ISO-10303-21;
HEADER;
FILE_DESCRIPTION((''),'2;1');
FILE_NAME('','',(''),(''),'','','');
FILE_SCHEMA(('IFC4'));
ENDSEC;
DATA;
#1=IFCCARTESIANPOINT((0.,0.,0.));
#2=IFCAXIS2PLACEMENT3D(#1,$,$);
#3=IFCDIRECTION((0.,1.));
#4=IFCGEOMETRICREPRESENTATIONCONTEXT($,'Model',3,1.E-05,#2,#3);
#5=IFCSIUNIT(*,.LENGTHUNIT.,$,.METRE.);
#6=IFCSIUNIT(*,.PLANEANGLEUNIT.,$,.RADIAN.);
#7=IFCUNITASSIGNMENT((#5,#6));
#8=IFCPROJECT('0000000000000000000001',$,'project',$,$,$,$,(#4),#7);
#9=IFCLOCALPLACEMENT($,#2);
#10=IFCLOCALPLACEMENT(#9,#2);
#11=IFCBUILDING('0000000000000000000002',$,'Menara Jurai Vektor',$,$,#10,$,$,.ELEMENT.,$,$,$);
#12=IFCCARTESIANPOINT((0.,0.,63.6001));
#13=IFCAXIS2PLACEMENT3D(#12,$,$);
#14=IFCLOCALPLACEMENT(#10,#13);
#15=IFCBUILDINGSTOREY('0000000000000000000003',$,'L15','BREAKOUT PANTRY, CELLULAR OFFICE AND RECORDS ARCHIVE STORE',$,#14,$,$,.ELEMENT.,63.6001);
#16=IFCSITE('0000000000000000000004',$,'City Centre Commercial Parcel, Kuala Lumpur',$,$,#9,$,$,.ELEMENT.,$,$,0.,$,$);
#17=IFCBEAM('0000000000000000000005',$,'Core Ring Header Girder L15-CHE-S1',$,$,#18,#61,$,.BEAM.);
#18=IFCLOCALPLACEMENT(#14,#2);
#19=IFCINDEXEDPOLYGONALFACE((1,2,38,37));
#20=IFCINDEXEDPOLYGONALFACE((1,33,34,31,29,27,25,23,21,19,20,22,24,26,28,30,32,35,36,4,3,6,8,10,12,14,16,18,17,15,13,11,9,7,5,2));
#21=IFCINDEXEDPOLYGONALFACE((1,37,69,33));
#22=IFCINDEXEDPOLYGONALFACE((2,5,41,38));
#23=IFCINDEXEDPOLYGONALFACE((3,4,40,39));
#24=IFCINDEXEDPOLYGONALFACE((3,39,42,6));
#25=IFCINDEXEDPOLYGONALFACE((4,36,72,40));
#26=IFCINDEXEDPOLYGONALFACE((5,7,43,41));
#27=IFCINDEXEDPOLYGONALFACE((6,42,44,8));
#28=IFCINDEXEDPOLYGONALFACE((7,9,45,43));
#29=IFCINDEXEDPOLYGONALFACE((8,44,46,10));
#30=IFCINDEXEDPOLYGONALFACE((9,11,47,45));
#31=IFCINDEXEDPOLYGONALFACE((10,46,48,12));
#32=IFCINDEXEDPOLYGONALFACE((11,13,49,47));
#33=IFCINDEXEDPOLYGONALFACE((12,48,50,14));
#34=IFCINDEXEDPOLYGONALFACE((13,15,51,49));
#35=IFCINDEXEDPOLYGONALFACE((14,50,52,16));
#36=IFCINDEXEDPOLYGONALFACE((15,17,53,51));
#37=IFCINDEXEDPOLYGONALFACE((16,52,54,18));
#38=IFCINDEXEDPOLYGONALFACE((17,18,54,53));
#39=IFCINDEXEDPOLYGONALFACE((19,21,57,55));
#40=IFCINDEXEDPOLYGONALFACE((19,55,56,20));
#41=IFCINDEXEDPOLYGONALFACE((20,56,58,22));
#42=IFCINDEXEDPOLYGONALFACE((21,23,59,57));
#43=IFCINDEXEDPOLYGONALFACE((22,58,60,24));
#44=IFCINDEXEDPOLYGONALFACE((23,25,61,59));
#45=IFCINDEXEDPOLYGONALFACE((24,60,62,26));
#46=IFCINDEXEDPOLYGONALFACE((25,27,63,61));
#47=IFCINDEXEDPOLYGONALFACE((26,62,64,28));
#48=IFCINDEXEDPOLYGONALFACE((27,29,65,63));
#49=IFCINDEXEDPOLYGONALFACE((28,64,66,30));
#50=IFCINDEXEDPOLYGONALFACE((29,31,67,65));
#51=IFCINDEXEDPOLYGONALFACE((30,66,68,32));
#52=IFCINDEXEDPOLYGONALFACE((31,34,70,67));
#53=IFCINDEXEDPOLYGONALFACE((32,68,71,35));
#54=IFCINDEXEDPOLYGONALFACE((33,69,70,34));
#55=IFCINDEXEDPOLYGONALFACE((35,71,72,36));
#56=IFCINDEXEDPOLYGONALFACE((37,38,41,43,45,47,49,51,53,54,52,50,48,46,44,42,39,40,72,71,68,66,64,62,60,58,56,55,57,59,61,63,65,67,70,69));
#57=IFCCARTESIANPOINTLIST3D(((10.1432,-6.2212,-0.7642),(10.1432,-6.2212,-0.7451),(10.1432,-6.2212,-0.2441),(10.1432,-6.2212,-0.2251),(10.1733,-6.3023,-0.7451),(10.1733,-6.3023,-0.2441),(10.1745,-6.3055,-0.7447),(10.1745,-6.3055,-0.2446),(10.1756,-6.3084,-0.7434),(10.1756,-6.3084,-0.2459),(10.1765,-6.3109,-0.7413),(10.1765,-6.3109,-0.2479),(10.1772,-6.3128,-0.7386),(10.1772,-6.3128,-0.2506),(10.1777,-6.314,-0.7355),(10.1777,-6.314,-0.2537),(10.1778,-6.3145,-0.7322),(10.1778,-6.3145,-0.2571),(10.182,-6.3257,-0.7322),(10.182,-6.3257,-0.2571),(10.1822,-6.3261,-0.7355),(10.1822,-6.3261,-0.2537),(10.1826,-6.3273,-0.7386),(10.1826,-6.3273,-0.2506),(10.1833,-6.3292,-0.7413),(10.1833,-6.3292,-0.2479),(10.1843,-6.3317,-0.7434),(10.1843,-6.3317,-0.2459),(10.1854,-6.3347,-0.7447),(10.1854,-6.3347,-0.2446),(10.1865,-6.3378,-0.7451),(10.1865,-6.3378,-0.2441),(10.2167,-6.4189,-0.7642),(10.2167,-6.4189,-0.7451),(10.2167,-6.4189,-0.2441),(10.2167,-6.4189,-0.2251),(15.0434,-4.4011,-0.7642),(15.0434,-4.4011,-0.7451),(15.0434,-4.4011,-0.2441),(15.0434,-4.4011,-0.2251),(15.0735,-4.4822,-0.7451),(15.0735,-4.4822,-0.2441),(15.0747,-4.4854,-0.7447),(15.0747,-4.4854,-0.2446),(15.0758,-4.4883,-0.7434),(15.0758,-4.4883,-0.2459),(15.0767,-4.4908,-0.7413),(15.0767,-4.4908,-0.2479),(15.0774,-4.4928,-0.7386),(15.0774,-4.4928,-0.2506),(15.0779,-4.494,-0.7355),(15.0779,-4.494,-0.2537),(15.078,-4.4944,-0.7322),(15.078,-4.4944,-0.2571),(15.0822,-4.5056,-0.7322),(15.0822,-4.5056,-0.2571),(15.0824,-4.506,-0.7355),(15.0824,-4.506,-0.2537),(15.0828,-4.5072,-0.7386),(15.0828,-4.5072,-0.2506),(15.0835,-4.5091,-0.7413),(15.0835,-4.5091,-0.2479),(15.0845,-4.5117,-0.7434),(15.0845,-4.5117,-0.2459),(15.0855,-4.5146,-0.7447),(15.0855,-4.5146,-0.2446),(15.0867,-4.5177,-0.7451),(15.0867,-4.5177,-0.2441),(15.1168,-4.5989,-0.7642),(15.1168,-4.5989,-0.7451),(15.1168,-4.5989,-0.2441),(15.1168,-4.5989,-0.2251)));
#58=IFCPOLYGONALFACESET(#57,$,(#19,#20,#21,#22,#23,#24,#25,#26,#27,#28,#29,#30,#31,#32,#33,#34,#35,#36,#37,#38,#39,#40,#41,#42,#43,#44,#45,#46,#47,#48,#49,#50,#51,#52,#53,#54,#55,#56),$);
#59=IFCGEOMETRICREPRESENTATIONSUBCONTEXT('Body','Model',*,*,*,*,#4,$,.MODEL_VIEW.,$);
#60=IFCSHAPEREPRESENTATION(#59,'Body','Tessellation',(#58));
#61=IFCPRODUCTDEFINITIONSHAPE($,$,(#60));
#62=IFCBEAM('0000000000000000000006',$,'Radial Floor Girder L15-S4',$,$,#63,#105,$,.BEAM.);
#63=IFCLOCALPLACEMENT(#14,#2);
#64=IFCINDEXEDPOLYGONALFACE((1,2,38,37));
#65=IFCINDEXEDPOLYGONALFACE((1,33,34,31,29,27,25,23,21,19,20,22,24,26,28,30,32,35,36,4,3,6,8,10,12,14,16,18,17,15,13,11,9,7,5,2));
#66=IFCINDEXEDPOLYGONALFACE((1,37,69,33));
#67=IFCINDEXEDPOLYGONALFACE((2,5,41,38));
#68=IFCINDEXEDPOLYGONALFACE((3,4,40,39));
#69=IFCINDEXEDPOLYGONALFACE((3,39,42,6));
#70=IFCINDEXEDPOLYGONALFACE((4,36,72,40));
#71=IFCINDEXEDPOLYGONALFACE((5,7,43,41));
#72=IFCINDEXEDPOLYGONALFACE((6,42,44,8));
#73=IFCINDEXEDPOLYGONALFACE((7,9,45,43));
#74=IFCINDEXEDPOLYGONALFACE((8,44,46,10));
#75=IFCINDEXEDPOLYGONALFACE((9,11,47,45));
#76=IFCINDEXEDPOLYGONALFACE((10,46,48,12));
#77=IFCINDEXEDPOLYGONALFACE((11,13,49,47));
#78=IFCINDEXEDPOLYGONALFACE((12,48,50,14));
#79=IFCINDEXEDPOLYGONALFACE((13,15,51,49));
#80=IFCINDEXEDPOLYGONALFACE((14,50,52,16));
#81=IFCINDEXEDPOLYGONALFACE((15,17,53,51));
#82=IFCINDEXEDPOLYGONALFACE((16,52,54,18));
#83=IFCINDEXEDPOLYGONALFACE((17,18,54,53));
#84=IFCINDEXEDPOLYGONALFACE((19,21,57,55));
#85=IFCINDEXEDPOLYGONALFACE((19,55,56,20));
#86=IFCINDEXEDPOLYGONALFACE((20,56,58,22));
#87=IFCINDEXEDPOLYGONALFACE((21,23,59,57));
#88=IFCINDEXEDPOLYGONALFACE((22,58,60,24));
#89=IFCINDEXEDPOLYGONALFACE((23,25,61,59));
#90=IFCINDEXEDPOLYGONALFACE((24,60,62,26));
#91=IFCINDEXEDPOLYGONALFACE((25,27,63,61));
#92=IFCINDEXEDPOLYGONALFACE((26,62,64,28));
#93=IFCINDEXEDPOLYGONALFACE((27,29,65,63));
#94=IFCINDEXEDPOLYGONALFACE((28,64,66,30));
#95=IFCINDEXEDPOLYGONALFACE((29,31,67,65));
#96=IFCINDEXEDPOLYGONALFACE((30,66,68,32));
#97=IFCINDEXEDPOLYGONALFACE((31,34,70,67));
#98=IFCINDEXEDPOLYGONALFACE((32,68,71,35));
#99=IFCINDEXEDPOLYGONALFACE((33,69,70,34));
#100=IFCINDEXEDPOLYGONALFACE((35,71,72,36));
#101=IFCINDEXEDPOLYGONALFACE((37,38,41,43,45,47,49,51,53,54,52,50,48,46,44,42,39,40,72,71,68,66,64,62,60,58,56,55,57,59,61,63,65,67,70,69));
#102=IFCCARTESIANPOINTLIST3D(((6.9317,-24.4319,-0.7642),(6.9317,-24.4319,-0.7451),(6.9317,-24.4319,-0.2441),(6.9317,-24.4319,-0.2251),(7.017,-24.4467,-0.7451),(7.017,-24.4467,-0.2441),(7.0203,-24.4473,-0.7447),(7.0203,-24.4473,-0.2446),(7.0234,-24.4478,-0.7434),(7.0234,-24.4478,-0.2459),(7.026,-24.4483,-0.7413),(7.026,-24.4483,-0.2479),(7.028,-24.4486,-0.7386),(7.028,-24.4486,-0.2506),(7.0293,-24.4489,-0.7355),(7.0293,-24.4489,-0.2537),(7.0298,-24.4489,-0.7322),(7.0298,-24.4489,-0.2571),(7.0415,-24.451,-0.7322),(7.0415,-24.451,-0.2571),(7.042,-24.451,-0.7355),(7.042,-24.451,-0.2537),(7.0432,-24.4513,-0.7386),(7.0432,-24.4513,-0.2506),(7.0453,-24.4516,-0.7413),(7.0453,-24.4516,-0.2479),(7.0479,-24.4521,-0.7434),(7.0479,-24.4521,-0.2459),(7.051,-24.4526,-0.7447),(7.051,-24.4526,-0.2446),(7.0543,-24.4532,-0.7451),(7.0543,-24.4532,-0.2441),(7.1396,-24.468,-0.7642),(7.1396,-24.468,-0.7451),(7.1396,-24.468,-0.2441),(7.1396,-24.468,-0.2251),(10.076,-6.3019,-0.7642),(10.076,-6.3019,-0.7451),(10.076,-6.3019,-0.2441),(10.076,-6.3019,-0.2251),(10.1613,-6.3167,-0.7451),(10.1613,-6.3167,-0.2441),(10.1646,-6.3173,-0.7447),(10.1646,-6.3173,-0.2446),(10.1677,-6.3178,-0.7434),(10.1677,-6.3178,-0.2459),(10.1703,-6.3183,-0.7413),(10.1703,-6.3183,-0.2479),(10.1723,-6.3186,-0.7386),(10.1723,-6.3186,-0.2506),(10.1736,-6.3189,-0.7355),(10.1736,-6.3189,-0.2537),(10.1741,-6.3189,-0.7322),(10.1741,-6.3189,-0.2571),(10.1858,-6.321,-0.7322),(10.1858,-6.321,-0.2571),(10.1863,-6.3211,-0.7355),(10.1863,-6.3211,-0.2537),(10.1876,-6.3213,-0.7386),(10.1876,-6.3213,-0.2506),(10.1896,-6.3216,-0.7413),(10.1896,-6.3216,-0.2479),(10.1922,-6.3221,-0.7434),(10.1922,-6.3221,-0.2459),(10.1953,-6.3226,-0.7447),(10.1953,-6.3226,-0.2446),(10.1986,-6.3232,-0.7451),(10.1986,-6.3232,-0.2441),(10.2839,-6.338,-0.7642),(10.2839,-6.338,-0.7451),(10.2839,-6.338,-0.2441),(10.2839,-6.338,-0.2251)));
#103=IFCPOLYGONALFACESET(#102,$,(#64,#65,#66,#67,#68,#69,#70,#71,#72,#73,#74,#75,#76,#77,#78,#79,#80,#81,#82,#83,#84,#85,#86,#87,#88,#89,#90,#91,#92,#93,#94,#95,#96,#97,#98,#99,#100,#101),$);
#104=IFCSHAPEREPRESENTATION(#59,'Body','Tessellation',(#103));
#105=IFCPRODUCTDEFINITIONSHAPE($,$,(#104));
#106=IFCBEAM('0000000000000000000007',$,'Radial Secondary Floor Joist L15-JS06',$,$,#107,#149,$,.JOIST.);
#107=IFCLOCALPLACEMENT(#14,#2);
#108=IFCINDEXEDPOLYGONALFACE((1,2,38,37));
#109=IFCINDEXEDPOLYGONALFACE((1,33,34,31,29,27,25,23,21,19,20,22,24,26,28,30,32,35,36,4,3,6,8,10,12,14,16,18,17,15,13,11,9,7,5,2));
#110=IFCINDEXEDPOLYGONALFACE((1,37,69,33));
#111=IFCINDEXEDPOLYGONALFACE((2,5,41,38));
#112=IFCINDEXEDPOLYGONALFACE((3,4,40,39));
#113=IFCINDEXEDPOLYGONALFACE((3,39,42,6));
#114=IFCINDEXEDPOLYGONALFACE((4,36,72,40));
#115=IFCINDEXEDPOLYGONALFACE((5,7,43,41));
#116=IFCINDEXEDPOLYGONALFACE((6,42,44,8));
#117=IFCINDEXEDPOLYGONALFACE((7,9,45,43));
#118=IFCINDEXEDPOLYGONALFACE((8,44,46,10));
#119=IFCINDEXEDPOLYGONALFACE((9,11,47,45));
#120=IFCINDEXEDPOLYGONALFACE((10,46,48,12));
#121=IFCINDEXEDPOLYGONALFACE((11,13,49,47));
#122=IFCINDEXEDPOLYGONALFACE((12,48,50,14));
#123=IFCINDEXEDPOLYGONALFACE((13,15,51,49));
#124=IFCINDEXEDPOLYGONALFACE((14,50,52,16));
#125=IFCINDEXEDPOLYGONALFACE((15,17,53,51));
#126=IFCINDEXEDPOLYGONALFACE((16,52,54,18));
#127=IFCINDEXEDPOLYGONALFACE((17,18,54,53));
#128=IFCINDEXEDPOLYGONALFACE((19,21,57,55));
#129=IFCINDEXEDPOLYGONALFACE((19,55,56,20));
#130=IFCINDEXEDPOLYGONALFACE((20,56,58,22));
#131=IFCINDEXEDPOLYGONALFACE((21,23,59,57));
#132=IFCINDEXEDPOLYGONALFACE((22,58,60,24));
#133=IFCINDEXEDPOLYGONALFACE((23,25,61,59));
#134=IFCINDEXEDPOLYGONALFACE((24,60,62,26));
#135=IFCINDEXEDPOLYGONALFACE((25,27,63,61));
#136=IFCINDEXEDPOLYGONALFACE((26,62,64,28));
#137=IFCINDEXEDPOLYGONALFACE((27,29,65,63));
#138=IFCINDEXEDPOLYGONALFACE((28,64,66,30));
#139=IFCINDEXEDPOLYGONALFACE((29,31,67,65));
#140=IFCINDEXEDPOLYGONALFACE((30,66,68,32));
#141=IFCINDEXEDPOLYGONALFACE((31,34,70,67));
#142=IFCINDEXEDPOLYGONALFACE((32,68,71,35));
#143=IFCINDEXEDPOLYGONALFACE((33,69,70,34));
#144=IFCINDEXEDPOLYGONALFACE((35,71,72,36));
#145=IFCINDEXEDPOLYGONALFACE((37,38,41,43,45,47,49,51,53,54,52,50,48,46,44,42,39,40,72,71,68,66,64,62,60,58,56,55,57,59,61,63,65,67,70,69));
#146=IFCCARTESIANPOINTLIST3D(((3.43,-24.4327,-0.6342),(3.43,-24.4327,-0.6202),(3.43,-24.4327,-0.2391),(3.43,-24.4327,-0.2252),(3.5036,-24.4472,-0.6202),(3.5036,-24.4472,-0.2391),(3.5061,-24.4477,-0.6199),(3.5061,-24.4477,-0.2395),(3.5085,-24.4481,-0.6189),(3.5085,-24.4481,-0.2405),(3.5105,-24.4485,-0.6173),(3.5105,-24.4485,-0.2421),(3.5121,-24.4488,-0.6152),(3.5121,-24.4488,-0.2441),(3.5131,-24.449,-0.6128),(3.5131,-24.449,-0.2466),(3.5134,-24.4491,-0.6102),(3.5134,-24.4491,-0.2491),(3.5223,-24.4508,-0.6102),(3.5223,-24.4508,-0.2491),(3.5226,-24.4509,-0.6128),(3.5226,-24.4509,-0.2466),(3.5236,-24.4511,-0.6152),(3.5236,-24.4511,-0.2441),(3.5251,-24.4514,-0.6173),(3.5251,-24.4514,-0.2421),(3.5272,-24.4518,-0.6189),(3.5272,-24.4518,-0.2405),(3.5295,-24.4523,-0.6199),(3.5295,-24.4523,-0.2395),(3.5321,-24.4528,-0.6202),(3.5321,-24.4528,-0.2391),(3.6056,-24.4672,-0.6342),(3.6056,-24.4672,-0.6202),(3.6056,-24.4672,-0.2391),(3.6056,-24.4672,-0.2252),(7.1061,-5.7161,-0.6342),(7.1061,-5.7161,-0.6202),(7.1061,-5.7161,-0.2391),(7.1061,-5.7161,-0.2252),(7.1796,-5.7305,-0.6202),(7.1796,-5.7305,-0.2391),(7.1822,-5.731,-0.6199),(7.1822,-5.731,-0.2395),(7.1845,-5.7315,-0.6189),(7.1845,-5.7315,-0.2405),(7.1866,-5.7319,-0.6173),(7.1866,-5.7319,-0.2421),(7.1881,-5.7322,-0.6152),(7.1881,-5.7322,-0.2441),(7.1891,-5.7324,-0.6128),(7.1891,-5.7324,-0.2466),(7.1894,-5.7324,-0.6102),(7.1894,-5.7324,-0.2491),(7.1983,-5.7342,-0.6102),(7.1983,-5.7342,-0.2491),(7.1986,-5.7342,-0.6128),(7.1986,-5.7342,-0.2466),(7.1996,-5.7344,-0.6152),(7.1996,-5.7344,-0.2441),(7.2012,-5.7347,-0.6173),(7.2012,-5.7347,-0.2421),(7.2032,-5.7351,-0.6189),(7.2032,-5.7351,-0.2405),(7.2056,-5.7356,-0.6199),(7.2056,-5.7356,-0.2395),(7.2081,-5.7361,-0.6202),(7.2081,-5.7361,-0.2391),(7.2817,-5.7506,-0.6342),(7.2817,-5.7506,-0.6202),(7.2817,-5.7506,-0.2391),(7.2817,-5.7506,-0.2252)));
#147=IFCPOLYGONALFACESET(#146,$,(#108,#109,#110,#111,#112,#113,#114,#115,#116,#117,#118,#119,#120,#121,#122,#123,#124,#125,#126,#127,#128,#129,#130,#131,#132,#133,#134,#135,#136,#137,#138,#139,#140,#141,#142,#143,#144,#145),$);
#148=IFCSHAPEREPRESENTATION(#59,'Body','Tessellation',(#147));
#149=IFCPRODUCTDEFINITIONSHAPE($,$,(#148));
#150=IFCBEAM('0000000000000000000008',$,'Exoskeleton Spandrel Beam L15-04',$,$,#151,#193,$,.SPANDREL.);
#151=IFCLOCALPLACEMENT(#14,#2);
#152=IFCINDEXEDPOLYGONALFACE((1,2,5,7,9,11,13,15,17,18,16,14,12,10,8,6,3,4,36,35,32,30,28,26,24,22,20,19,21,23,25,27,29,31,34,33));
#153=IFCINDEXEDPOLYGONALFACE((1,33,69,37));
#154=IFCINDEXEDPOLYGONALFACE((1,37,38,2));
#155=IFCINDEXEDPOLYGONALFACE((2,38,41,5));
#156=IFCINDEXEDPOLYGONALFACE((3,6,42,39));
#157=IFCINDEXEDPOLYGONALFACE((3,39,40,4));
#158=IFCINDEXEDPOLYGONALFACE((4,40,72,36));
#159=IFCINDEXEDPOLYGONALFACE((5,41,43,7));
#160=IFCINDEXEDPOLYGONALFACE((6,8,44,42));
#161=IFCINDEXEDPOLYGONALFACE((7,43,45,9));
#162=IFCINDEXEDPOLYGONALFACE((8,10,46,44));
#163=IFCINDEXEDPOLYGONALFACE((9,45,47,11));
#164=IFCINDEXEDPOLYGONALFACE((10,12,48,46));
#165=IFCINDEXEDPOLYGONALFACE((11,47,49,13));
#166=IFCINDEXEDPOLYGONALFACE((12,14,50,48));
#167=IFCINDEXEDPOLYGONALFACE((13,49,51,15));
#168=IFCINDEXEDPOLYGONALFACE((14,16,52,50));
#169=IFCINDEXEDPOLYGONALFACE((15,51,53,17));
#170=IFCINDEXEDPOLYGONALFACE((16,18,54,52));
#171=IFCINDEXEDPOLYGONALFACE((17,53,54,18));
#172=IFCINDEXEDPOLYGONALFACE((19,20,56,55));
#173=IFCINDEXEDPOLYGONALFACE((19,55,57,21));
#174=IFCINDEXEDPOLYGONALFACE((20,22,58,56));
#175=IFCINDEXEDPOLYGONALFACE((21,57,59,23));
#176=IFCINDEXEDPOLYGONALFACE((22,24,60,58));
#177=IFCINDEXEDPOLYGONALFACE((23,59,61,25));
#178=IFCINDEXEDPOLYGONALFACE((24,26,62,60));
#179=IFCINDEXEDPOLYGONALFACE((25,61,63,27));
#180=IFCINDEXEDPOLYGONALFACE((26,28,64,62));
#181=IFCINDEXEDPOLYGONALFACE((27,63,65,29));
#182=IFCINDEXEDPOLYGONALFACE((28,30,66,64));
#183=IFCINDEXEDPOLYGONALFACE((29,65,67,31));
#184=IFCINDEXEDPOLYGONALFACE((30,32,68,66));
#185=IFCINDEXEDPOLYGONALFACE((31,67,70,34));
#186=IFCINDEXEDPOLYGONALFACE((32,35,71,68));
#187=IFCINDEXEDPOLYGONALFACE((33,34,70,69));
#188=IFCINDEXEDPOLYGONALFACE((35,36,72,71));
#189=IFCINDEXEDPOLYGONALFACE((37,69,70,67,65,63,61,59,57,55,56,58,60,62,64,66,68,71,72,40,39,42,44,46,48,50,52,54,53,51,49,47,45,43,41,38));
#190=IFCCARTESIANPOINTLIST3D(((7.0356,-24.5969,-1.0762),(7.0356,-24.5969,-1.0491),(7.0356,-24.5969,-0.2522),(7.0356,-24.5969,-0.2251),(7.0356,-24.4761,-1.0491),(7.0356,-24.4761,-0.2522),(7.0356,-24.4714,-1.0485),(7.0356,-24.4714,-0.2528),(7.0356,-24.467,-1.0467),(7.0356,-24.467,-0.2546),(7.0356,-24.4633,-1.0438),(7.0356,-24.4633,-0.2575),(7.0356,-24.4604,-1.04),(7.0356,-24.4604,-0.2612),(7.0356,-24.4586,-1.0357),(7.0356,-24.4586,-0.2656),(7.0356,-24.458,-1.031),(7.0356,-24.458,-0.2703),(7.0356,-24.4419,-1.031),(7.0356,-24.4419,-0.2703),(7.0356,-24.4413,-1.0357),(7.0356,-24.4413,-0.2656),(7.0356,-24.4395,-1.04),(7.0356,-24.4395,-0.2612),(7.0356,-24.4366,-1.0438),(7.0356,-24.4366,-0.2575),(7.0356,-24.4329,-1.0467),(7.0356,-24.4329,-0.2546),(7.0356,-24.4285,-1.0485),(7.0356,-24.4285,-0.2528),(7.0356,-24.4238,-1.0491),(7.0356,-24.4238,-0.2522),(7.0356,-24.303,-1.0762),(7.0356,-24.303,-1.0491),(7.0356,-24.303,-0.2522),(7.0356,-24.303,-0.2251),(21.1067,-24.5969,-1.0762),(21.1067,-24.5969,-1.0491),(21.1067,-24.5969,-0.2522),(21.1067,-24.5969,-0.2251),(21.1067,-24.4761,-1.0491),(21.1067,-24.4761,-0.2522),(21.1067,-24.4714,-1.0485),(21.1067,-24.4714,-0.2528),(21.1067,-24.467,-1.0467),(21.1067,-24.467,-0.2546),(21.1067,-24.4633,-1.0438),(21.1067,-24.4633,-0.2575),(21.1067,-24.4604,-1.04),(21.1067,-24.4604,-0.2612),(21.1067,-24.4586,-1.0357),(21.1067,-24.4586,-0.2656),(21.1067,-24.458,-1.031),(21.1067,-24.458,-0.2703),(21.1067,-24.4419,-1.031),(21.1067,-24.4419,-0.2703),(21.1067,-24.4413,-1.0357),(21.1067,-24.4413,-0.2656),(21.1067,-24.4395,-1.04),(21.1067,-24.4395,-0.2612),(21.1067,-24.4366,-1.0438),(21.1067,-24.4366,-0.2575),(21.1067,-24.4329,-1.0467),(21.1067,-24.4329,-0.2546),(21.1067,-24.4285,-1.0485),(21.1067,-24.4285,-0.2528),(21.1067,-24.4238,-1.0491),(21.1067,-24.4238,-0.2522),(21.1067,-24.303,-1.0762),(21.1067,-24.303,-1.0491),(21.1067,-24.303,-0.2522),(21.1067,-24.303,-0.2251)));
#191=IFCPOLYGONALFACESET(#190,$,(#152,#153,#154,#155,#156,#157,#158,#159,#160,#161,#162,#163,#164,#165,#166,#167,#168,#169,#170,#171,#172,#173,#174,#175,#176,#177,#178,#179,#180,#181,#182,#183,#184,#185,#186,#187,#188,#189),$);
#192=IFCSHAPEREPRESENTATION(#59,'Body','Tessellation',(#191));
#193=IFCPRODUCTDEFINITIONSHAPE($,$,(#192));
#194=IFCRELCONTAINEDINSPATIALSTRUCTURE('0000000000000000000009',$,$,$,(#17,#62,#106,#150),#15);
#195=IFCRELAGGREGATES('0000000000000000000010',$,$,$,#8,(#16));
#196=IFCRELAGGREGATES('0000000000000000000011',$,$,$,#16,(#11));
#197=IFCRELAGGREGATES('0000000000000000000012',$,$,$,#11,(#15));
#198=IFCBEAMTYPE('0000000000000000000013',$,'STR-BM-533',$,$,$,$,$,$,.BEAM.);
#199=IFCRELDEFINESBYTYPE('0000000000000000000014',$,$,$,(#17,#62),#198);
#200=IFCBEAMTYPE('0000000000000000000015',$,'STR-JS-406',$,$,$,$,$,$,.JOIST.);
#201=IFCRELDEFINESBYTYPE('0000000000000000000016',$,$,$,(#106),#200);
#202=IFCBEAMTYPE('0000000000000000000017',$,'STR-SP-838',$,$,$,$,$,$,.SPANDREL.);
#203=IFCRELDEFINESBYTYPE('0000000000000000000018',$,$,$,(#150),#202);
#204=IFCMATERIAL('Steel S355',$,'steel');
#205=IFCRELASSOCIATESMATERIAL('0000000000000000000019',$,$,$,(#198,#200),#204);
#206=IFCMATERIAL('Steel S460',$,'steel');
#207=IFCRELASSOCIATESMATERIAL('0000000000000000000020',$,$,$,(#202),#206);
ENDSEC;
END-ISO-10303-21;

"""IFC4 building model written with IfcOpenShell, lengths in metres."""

from ifc_helpers import new_model, si_unit, direction, frame, origin, origin_2d, place, context, subcontext, project, spatial, i_section, extrude, material, material_profile, profile_set, type_object, element, save


model = new_model("IFC4")

# Units and contexts
model_context = context("Model", 3, precision=1e-05, world=origin(), true_north=direction((0.0, 1.0)))
body_context = subcontext(model_context, "Body", "Model", "MODEL_VIEW")
ifc_project = project(units=[si_unit("LENGTHUNIT", "METRE"), si_unit("PLANEANGLEUNIT", "RADIAN")], contexts=[model_context])

# Site, building, storey
site_placement = place(None, origin())
site = spatial("IfcSite", under=ifc_project, at=site_placement, Name="City Centre Commercial Parcel, Kuala Lumpur", CompositionType="ELEMENT", RefElevation=0.0)
building_placement = place(site_placement, origin())
building = spatial("IfcBuilding", under=site, at=building_placement, Name="Menara Jurai Vektor", CompositionType="ELEMENT")
storey_placement = place(building_placement, frame((0.0, 0.0, 63.6001)))
storey = spatial("IfcBuildingStorey", under=building, at=storey_placement, Name="L15", Description="BREAKOUT PANTRY, CELLULAR OFFICE AND RECORDS ARCHIVE STORE", CompositionType="ELEMENT", Elevation=63.6001)

# Shared definitions
ifc_material_1 = material(Name="Steel S460", Category="steel")

# Beams
ifc_material_2 = material(Name="Steel S355", Category="steel")
ifc_material_profile_1 = material_profile(ifc_material_2, i_section(OverallWidth=0.2109, OverallDepth=0.5391, WebThickness=0.012, FlangeThickness=0.019, FilletRadius=0.0129, at=origin_2d()), Name="UKB 533x210x109")
ifc_profile_set_1 = profile_set([ifc_material_profile_1], Name="Steel S355")
beam_type_1 = type_object("IfcBeamType", Name="STR-BM-533", PredefinedType="BEAM", material=ifc_profile_set_1)
beam_1_placement = place(storey_placement, frame((10.1799, -6.3201, -0.4946), z_axis=(0.937424, 0.348189, 0.0), x_axis=(-0.348189, 0.937424, 0.0)))
element("IfcBeam", 1, at=beam_1_placement, inside=storey, type_object=beam_type_1, Name="Core Ring Header Girder L15-CHE-S1", PredefinedType="BEAM", context=body_context, shape_type="SweptSolid", body=[
    extrude(i_section(OverallWidth=0.2109, OverallDepth=0.5391, WebThickness=0.012, FlangeThickness=0.019, FilletRadius=0.0129, at=origin_2d()), origin(), (0.0, 0.0, 1.0), 5.2273),
])
beam_2_placement = place(storey_placement, frame((7.0356, -24.45, -0.4946), z_axis=(0.17088, 0.985292, 0.0), x_axis=(-0.985292, 0.17088, 0.0)))
element("IfcBeam", 2, at=beam_2_placement, inside=storey, type_object=beam_type_1, Name="Radial Floor Girder L15-S4", PredefinedType="BEAM", context=body_context, shape_type="SweptSolid", body=[
    extrude(i_section(OverallWidth=0.2109, OverallDepth=0.5391, WebThickness=0.012, FlangeThickness=0.019, FilletRadius=0.0129, at=origin_2d()), origin(), (0.0, 0.0, 1.0), 18.4006),
])
ifc_material_profile_2 = material_profile(ifc_material_2, i_section(OverallWidth=0.179, OverallDepth=0.4089, WebThickness=0.009, FlangeThickness=0.0139, FilletRadius=0.01, at=origin_2d()), Name="UKB 406x178x67")
ifc_profile_set_2 = profile_set([ifc_material_profile_2], Name="Steel S355")
beam_type_2 = type_object("IfcBeamType", Name="STR-JS-406", PredefinedType="JOIST", material=ifc_profile_set_2)
beam_3_placement = place(storey_placement, frame((3.5178, -24.45, -0.4297), z_axis=(0.192723, 0.981253, 0.0), x_axis=(-0.981253, 0.192723, 0.0)))
element("IfcBeam", 3, at=beam_3_placement, inside=storey, type_object=beam_type_2, Name="Radial Secondary Floor Joist L15-JS06", PredefinedType="JOIST", context=body_context, shape_type="SweptSolid", body=[
    extrude(i_section(OverallWidth=0.179, OverallDepth=0.4089, WebThickness=0.009, FlangeThickness=0.0139, FilletRadius=0.01, at=origin_2d()), origin(), (0.0, 0.0, 1.0), 19.0742),
])
ifc_material_profile_3 = material_profile(ifc_material_1, i_section(OverallWidth=0.2939, OverallDepth=0.8511, WebThickness=0.0161, FlangeThickness=0.0271, FilletRadius=0.0181, at=origin_2d()), Name="UKB 838x292x226")
ifc_profile_set_3 = profile_set([ifc_material_profile_3], Name="Steel S460")
beam_type_3 = type_object("IfcBeamType", Name="STR-SP-838", PredefinedType="SPANDREL", material=ifc_profile_set_3)
beam_4_placement = place(storey_placement, frame((7.0356, -24.45, -0.6506), z_axis=(1.0, 0.0, 0.0), x_axis=(0.0, 1.0, 0.0)))
element("IfcBeam", 4, at=beam_4_placement, inside=storey, type_object=beam_type_3, Name="Exoskeleton Spandrel Beam L15-04", PredefinedType="SPANDREL", context=body_context, shape_type="SweptSolid", body=[
    extrude(i_section(OverallWidth=0.2939, OverallDepth=0.8511, WebThickness=0.0161, FlangeThickness=0.0271, FilletRadius=0.0181, at=origin_2d()), origin(), (0.0, 0.0, 1.0), 14.071),
])

save(model, "model.ifc")
